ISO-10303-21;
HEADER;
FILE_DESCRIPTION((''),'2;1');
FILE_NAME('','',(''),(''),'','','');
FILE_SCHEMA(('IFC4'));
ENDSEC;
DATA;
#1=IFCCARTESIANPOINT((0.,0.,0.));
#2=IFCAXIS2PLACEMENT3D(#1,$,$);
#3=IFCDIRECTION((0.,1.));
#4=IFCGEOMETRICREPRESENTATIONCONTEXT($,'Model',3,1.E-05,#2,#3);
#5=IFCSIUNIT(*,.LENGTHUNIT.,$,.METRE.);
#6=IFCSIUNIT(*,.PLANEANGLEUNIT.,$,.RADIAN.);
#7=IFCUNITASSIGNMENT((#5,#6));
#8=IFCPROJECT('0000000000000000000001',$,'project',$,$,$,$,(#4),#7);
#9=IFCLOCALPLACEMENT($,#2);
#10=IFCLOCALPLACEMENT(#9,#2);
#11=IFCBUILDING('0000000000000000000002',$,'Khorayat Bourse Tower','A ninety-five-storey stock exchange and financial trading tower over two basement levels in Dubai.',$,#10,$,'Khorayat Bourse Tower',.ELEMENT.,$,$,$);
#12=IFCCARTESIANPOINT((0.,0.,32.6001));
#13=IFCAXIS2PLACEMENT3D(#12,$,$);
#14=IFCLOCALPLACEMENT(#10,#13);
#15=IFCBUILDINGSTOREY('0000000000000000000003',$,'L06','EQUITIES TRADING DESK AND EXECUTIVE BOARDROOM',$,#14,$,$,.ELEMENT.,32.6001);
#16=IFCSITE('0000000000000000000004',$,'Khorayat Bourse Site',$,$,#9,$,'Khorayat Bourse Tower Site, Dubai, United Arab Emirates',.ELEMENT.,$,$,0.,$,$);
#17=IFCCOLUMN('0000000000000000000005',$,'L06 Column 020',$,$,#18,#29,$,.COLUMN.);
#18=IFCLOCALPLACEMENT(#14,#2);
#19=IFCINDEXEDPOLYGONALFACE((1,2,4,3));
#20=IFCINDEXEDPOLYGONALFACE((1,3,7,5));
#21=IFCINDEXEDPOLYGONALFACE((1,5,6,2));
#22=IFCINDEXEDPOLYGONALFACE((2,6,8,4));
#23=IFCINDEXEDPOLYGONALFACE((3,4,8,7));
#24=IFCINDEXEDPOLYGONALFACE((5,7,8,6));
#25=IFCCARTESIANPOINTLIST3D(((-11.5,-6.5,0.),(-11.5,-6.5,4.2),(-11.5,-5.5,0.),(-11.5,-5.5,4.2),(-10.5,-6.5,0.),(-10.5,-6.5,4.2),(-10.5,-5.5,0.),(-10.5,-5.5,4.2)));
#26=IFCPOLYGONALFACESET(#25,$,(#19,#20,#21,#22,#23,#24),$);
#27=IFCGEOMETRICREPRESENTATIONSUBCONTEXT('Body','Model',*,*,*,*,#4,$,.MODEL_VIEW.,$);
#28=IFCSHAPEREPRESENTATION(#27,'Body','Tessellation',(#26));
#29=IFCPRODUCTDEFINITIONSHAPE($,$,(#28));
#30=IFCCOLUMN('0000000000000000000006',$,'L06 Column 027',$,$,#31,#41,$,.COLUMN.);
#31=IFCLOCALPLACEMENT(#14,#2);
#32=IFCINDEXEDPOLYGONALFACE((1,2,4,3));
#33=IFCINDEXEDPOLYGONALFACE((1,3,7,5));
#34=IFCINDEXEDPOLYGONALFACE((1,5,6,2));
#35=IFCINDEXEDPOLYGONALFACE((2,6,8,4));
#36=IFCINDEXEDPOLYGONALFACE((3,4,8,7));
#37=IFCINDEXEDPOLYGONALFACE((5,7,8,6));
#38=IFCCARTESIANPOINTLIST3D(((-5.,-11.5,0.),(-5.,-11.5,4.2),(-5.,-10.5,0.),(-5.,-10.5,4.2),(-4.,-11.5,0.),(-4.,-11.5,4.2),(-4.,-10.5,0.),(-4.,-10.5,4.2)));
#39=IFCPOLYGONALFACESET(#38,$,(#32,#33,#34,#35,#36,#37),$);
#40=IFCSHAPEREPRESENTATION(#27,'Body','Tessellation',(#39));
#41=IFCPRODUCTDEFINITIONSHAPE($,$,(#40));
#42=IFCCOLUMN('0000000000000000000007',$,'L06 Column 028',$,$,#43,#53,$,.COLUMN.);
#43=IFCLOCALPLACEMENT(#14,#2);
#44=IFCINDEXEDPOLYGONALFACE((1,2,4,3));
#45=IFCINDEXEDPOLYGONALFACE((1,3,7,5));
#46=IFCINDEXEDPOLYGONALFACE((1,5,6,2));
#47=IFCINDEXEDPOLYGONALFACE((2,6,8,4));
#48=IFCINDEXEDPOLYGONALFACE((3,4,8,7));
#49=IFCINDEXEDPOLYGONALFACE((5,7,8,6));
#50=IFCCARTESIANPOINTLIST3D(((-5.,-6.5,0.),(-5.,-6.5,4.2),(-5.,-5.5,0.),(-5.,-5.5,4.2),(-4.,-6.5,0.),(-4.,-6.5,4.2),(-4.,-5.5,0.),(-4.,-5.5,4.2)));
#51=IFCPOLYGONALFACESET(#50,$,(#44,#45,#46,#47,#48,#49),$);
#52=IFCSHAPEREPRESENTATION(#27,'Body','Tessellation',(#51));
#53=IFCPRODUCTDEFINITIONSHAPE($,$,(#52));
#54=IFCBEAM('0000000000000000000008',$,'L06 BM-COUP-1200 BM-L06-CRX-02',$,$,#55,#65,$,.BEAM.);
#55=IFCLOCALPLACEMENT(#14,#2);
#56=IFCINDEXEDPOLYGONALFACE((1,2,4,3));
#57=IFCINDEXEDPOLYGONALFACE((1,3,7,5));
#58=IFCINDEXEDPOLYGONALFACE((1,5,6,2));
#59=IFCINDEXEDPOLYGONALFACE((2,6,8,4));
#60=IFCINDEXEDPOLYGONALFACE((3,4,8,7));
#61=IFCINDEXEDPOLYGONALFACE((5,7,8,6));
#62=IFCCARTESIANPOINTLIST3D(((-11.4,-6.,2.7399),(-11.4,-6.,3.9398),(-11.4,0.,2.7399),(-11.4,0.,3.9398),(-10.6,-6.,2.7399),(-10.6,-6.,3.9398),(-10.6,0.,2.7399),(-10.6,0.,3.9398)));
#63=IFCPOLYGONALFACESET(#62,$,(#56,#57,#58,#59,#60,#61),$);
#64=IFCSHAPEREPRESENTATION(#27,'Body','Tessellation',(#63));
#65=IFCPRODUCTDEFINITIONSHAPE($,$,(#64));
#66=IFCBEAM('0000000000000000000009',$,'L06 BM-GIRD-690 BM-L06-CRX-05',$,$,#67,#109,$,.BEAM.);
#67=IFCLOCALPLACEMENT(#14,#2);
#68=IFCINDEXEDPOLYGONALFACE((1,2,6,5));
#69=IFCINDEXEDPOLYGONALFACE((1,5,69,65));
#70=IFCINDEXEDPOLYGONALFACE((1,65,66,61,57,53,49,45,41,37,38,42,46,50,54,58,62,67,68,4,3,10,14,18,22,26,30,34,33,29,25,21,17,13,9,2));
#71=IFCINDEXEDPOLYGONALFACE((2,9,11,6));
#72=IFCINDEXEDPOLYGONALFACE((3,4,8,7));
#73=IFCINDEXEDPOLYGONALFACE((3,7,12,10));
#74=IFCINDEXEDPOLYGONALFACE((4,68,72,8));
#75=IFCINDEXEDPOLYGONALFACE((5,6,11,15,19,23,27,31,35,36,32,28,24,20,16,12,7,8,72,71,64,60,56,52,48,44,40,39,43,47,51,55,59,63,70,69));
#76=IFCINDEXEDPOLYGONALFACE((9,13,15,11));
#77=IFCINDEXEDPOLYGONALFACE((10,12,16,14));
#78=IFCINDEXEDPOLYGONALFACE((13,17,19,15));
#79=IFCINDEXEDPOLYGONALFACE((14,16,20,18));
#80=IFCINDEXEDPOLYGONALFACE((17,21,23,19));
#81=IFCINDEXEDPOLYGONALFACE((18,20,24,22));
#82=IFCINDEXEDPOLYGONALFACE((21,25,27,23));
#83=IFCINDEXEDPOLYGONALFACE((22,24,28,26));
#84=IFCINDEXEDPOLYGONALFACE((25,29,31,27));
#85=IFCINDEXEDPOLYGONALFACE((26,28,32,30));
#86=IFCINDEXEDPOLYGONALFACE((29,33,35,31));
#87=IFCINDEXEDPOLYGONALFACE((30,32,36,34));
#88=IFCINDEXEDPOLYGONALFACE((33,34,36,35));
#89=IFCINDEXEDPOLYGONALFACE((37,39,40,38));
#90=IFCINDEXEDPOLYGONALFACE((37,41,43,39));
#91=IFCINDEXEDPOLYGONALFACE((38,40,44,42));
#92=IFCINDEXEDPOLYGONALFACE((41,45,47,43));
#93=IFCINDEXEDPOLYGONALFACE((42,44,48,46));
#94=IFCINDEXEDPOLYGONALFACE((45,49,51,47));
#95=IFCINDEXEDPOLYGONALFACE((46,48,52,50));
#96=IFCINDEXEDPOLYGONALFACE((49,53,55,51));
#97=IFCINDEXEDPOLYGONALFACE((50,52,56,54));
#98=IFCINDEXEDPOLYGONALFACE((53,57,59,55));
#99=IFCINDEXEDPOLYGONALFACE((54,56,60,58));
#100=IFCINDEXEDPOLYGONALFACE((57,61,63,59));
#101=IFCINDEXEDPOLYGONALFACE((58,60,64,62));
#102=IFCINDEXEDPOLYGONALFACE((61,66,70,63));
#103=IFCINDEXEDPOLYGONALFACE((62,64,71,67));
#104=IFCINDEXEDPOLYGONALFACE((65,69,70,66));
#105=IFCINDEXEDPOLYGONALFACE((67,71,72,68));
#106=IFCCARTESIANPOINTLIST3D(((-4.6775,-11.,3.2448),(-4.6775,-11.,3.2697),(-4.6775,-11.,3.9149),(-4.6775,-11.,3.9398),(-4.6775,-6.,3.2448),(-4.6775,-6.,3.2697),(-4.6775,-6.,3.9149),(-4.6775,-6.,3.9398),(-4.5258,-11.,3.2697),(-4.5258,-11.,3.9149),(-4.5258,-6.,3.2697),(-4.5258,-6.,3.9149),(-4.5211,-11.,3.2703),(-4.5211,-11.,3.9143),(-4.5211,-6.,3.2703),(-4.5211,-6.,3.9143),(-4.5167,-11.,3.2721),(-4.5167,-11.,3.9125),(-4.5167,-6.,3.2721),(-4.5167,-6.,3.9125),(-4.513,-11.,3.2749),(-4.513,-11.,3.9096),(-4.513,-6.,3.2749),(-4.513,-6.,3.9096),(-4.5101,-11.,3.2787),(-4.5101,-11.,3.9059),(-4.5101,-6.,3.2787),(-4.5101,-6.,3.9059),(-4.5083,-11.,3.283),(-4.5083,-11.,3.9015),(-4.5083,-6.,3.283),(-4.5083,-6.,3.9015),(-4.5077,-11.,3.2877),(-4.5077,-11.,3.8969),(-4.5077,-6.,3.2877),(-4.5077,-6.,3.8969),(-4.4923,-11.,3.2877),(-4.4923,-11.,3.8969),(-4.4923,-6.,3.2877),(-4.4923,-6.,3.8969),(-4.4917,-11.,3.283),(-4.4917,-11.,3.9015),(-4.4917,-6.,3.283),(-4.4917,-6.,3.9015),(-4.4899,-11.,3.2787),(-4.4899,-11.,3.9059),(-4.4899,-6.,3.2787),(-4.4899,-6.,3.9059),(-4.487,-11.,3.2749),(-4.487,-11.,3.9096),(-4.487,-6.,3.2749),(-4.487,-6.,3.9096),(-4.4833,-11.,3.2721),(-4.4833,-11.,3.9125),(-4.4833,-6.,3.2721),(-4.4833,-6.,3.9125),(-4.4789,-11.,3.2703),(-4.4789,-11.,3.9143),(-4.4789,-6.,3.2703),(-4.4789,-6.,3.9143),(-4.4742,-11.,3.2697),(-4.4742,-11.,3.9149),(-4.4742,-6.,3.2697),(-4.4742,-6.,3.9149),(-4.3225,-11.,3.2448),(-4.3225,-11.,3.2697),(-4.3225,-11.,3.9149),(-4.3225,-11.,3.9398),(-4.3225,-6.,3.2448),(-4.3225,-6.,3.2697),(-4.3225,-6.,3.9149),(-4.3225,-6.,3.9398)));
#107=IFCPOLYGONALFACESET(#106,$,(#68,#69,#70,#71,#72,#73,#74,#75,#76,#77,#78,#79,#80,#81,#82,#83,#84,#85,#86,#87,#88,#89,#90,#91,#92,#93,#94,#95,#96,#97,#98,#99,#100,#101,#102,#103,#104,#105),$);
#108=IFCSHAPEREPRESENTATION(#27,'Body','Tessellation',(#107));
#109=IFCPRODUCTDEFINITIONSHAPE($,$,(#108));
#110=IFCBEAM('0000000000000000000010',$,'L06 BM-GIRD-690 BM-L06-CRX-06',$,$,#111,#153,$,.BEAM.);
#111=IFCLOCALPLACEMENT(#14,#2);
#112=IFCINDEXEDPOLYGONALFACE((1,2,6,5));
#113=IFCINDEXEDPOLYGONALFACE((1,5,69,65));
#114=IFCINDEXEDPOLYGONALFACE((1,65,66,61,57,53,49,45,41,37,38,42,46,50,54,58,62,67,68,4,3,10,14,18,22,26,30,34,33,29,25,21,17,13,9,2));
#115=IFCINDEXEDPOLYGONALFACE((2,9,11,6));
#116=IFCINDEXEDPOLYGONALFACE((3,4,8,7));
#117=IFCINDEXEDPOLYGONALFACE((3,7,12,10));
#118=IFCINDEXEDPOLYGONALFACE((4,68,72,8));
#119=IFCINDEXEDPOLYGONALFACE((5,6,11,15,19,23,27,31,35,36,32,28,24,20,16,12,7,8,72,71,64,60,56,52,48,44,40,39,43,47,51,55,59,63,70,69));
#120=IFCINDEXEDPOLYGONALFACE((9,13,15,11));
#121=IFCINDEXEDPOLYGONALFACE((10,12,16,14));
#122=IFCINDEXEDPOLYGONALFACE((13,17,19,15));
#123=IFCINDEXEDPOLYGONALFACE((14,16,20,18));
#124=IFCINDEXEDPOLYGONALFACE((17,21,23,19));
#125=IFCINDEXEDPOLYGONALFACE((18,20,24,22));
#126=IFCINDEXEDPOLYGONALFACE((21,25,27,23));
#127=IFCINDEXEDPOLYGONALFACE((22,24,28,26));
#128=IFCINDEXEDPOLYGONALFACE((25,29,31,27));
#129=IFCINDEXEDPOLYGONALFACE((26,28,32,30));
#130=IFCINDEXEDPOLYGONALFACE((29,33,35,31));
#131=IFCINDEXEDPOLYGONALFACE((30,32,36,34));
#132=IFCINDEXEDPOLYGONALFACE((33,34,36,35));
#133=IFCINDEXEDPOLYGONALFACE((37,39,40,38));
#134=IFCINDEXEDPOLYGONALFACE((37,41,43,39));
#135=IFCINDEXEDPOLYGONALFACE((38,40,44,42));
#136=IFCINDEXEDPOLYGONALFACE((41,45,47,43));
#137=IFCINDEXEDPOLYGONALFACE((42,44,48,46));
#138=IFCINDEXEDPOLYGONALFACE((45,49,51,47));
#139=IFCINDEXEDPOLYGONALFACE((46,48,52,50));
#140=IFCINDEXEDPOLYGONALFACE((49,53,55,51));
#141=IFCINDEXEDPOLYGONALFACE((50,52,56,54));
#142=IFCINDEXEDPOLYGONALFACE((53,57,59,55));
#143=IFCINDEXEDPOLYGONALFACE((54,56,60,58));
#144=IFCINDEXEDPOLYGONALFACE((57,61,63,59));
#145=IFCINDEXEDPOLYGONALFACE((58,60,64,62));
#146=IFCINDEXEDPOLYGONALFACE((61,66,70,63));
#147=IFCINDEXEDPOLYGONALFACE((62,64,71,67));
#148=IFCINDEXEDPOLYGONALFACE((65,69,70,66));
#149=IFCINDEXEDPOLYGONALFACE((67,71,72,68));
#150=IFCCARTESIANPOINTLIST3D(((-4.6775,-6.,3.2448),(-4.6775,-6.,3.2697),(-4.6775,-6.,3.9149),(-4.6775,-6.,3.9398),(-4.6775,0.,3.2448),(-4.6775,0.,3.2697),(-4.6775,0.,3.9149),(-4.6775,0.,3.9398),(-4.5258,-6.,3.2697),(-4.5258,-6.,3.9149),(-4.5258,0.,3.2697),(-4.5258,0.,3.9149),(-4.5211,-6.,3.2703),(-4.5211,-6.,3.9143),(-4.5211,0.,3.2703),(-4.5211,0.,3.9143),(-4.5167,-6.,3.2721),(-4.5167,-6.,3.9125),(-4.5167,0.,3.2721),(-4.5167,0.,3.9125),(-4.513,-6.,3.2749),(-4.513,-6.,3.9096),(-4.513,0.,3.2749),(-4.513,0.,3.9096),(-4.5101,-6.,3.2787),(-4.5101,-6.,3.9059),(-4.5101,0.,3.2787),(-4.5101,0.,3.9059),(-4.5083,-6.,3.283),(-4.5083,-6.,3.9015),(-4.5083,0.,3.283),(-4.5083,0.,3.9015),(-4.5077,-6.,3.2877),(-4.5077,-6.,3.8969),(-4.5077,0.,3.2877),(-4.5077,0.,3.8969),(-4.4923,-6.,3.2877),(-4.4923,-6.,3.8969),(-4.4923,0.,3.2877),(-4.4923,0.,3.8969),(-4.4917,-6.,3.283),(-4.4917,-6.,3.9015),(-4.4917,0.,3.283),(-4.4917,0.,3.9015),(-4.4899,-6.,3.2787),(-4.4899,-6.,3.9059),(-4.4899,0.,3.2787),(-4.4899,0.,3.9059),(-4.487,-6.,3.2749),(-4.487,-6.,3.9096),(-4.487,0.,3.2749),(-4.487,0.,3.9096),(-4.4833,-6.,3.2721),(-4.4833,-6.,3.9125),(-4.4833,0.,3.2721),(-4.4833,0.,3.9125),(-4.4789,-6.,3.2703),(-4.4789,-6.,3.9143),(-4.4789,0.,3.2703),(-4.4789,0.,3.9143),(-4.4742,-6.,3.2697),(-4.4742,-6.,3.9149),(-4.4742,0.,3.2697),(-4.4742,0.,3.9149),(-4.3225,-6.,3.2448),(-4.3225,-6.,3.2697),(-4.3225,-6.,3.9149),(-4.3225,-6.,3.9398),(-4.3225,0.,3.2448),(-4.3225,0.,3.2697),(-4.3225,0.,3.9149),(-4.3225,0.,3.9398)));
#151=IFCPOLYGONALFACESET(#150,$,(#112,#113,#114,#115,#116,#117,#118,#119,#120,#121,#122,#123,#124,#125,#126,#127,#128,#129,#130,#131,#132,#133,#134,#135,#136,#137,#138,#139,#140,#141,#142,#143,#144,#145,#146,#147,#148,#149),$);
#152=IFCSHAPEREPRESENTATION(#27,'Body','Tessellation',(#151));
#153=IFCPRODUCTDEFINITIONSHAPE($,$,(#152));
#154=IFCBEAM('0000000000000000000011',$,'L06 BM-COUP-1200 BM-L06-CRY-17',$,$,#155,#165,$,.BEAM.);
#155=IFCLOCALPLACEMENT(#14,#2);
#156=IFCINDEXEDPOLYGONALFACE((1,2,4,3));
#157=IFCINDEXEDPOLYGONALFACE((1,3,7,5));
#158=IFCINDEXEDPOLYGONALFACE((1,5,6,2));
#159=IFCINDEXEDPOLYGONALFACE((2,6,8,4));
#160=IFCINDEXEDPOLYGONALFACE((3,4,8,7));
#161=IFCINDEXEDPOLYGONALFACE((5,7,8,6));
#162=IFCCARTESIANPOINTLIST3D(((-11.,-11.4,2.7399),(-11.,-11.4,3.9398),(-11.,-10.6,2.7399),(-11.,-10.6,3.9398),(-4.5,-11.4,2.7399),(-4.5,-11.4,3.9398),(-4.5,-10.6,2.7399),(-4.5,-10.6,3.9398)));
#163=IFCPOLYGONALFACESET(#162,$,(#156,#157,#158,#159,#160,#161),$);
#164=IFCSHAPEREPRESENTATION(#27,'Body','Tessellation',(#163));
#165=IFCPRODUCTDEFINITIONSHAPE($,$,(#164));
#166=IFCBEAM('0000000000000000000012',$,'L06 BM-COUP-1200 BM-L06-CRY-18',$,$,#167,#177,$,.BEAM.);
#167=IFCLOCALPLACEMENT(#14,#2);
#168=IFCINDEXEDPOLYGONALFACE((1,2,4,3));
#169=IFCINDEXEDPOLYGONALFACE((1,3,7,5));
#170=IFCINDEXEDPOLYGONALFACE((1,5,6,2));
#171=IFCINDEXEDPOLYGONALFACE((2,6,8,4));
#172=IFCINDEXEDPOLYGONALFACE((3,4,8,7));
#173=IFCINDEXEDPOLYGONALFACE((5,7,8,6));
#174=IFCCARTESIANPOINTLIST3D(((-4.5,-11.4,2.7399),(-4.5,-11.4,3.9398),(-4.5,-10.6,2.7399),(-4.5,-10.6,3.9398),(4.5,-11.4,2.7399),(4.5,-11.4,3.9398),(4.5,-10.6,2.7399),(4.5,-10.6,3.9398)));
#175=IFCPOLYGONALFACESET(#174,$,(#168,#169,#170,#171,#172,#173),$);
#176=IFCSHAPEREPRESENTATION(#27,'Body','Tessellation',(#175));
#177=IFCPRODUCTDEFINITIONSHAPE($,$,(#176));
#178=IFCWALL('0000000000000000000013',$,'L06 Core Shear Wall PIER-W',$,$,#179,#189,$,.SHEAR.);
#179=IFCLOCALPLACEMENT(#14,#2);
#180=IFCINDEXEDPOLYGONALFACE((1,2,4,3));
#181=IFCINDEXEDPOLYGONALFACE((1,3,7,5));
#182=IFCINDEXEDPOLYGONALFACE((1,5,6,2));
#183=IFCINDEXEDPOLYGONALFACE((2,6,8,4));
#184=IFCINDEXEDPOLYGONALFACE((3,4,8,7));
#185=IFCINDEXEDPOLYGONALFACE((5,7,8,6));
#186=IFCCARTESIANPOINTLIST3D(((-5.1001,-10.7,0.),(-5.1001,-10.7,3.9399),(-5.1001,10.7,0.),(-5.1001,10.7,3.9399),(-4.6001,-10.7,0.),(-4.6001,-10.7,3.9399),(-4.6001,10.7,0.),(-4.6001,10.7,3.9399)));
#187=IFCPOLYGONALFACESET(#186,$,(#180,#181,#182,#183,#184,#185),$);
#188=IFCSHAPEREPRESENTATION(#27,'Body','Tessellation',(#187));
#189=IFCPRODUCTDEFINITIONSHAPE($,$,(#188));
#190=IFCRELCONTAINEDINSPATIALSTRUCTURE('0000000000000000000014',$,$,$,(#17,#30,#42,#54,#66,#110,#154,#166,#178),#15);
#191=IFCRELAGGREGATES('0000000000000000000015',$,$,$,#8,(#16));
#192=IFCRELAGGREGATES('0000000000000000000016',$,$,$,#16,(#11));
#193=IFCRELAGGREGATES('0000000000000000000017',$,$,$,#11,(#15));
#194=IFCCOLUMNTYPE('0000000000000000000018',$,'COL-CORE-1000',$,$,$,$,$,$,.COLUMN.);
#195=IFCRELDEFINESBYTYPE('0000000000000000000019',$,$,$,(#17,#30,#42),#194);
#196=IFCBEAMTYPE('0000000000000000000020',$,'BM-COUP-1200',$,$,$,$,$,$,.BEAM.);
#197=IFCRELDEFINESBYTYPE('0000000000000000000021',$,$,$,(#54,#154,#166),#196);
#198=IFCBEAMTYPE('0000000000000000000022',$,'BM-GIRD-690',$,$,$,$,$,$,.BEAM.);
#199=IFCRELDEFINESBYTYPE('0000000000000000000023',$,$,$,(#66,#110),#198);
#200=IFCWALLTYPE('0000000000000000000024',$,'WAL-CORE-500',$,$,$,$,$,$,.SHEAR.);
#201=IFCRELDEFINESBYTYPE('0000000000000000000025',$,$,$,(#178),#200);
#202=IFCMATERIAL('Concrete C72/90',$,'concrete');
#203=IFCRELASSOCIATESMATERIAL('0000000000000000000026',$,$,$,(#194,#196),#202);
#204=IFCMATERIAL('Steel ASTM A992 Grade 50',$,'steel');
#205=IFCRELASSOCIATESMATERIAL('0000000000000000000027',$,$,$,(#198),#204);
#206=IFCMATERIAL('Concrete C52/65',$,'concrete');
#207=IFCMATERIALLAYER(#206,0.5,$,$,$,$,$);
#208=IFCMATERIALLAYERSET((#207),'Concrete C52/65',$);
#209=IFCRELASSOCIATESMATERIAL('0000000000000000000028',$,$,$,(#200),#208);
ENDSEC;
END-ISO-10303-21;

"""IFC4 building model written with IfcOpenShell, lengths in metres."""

from ifc_helpers import new_model, si_unit, direction, frame, frame_2d, origin, origin_2d, place, context, subcontext, project, spatial, rectangle, i_section, extrude, source, transform, mapped, material, layer, layer_set, material_profile, profile_set, type_object, element, save


model = new_model("IFC4")

# Units and contexts
model_context = context("Model", 3, precision=1e-05, world=origin(), true_north=direction((0.0, 1.0)))
body_context = subcontext(model_context, "Body", "Model", "MODEL_VIEW")
ifc_project = project(units=[si_unit("LENGTHUNIT", "METRE"), si_unit("PLANEANGLEUNIT", "RADIAN")], contexts=[model_context])

# Site, building, storey
site_placement = place(None, origin())
site = spatial("IfcSite", under=ifc_project, at=site_placement, Name="Khorayat Bourse Site", LongName="Khorayat Bourse Tower Site, Dubai, United Arab Emirates", CompositionType="ELEMENT", RefElevation=0.0)
building_placement = place(site_placement, origin())
building = spatial("IfcBuilding", under=site, at=building_placement, Name="Khorayat Bourse Tower", Description="A ninety-five-storey stock exchange and financial trading tower over two basement levels in Dubai.", LongName="Khorayat Bourse Tower", CompositionType="ELEMENT")
storey_placement = place(building_placement, frame((0.0, 0.0, 32.6001)))
storey = spatial("IfcBuildingStorey", under=building, at=storey_placement, Name="L06", Description="EQUITIES TRADING DESK AND EXECUTIVE BOARDROOM", CompositionType="ELEMENT", Elevation=32.6001)

# Columns
ifc_material_1 = material(Name="Concrete C72/90", Category="concrete")
ifc_material_profile_1 = material_profile(ifc_material_1, rectangle(XDim=1.0, YDim=1.0, at=origin_2d()), Name="RC 1000x1000")
ifc_profile_set_1 = profile_set([ifc_material_profile_1], Name="Concrete C72/90")
column_type = type_object("IfcColumnType", Name="COL-CORE-1000", PredefinedType="COLUMN", material=ifc_profile_set_1)
shared_shape_1 = source(origin(), body_context, "Body", "SweptSolid", [
    extrude(rectangle(XDim=1.0, YDim=1.0, at=origin_2d()), origin(), (0.0, 0.0, 1.0), 4.2),
])
for number, where, z_axis, x_axis, name in (
    (1, (-11.0, -6.0, 0.0), (0.0, 0.0, 1.0), (1.0, 0.0, 0.0), "L06 Column 020"),
    (2, (-4.5, -11.0, 0.0), (0.0, 0.0, 1.0), (1.0, 0.0, 0.0), "L06 Column 027"),
    (3, (-4.5, -6.0, 0.0), (0.0, 0.0, 1.0), (1.0, 0.0, 0.0), "L06 Column 028"),
):
    element("IfcColumn", number, at=place(storey_placement, frame(where, z_axis=z_axis, x_axis=x_axis)), inside=storey, type_object=column_type, Name=name, PredefinedType="COLUMN", context=body_context, shape_type="MappedRepresentation", body=[
        mapped(shared_shape_1, transform((0.0, 0.0, 0.0), scale=1.0)),
    ])

# Beams
ifc_material_profile_2 = material_profile(ifc_material_1, rectangle(XDim=0.8, YDim=1.2, at=origin_2d()), Name="RC 800x1200")
ifc_profile_set_2 = profile_set([ifc_material_profile_2], Name="Concrete C72/90")
beam_type_1 = type_object("IfcBeamType", Name="BM-COUP-1200", PredefinedType="BEAM", material=ifc_profile_set_2)
shared_shape_2 = source(origin(), body_context, "Body", "SweptSolid", [
    extrude(rectangle(XDim=0.8, YDim=1.2, at=origin_2d()), origin(), (0.0, 0.0, 1.0), 6.0),
])
beam_1_placement = place(storey_placement, frame((-11.0, -6.0, 3.3398), z_axis=(0.0, 1.0, 0.0), x_axis=(-1.0, 0.0, 0.0)))
element("IfcBeam", 4, at=beam_1_placement, inside=storey, type_object=beam_type_1, Name="L06 BM-COUP-1200 BM-L06-CRX-02", PredefinedType="BEAM", context=body_context, shape_type="MappedRepresentation", body=[
    mapped(shared_shape_2, transform((0.0, 0.0, 0.0), scale=1.0)),
])
ifc_material_2 = material(Name="Steel ASTM A992 Grade 50", Category="steel")
ifc_material_profile_3 = material_profile(ifc_material_2, i_section(OverallWidth=0.355, OverallDepth=0.6951, WebThickness=0.0154, FlangeThickness=0.0249, FilletRadius=0.0181, at=origin_2d()), Name="W690X217")
ifc_profile_set_3 = profile_set([ifc_material_profile_3], Name="Steel ASTM A992 Grade 50")
beam_type_2 = type_object("IfcBeamType", Name="BM-GIRD-690", PredefinedType="BEAM", material=ifc_profile_set_3)
shared_shape_3 = source(origin(), body_context, "Body", "SweptSolid", [
    extrude(i_section(OverallWidth=0.355, OverallDepth=0.6951, WebThickness=0.0154, FlangeThickness=0.0249, FilletRadius=0.0181, at=origin_2d()), origin(), (0.0, 0.0, 1.0), 5.0),
])
beam_2_placement = place(storey_placement, frame((-4.5, -11.0, 3.5923), z_axis=(0.0, 1.0, 0.0), x_axis=(-1.0, 0.0, 0.0)))
element("IfcBeam", 5, at=beam_2_placement, inside=storey, type_object=beam_type_2, Name="L06 BM-GIRD-690 BM-L06-CRX-05", PredefinedType="BEAM", context=body_context, shape_type="MappedRepresentation", body=[
    mapped(shared_shape_3, transform((0.0, 0.0, 0.0), scale=1.0)),
])
shared_shape_4 = source(origin(), body_context, "Body", "SweptSolid", [
    extrude(i_section(OverallWidth=0.355, OverallDepth=0.6951, WebThickness=0.0154, FlangeThickness=0.0249, FilletRadius=0.0181, at=origin_2d()), origin(), (0.0, 0.0, 1.0), 6.0),
])
beam_3_placement = place(storey_placement, frame((-4.5, -6.0, 3.5923), z_axis=(0.0, 1.0, 0.0), x_axis=(-1.0, 0.0, 0.0)))
element("IfcBeam", 6, at=beam_3_placement, inside=storey, type_object=beam_type_2, Name="L06 BM-GIRD-690 BM-L06-CRX-06", PredefinedType="BEAM", context=body_context, shape_type="MappedRepresentation", body=[
    mapped(shared_shape_4, transform((0.0, 0.0, 0.0), scale=1.0)),
])
shared_shape_5 = source(origin(), body_context, "Body", "SweptSolid", [
    extrude(rectangle(XDim=0.8, YDim=1.2, at=origin_2d()), origin(), (0.0, 0.0, 1.0), 6.5),
])
beam_4_placement = place(storey_placement, frame((-11.0, -11.0, 3.3398), z_axis=(1.0, 0.0, 0.0), x_axis=(0.0, 1.0, 0.0)))
element("IfcBeam", 7, at=beam_4_placement, inside=storey, type_object=beam_type_1, Name="L06 BM-COUP-1200 BM-L06-CRY-17", PredefinedType="BEAM", context=body_context, shape_type="MappedRepresentation", body=[
    mapped(shared_shape_5, transform((0.0, 0.0, 0.0), scale=1.0)),
])
shared_shape_6 = source(origin(), body_context, "Body", "SweptSolid", [
    extrude(rectangle(XDim=0.8, YDim=1.2, at=origin_2d()), origin(), (0.0, 0.0, 1.0), 9.0),
])
beam_5_placement = place(storey_placement, frame((-4.5, -11.0, 3.3398), z_axis=(1.0, 0.0, 0.0), x_axis=(0.0, 1.0, 0.0)))
element("IfcBeam", 8, at=beam_5_placement, inside=storey, type_object=beam_type_1, Name="L06 BM-COUP-1200 BM-L06-CRY-18", PredefinedType="BEAM", context=body_context, shape_type="MappedRepresentation", body=[
    mapped(shared_shape_6, transform((0.0, 0.0, 0.0), scale=1.0)),
])

# Wall
ifc_material_3 = material(Name="Concrete C52/65", Category="concrete")
ifc_layer_1 = layer(ifc_material_3, 0.5)
ifc_layer_set_1 = layer_set([ifc_layer_1], Name="Concrete C52/65")
wall_type_1 = type_object("IfcWallType", Name="WAL-CORE-500", PredefinedType="SHEAR", material=ifc_layer_set_1)
shared_shape_7 = source(origin(), body_context, "Body", "SweptSolid", [
    extrude(rectangle(XDim=21.3999, YDim=0.5, at=frame_2d((10.7, 0.0))), origin(), (0.0, 0.0, 1.0), 3.9399),
])
wall_1_placement = place(storey_placement, frame((-4.8501, -10.7, 0.0), z_axis=(0.0, 0.0, 1.0), x_axis=(0.0, 1.0, 0.0)))
element("IfcWall", 9, at=wall_1_placement, inside=storey, type_object=wall_type_1, Name="L06 Core Shear Wall PIER-W", PredefinedType="SHEAR", context=body_context, shape_type="MappedRepresentation", body=[
    mapped(shared_shape_7, transform((0.0, 0.0, 0.0), scale=1.0)),
])

save(model, "model.ifc")
